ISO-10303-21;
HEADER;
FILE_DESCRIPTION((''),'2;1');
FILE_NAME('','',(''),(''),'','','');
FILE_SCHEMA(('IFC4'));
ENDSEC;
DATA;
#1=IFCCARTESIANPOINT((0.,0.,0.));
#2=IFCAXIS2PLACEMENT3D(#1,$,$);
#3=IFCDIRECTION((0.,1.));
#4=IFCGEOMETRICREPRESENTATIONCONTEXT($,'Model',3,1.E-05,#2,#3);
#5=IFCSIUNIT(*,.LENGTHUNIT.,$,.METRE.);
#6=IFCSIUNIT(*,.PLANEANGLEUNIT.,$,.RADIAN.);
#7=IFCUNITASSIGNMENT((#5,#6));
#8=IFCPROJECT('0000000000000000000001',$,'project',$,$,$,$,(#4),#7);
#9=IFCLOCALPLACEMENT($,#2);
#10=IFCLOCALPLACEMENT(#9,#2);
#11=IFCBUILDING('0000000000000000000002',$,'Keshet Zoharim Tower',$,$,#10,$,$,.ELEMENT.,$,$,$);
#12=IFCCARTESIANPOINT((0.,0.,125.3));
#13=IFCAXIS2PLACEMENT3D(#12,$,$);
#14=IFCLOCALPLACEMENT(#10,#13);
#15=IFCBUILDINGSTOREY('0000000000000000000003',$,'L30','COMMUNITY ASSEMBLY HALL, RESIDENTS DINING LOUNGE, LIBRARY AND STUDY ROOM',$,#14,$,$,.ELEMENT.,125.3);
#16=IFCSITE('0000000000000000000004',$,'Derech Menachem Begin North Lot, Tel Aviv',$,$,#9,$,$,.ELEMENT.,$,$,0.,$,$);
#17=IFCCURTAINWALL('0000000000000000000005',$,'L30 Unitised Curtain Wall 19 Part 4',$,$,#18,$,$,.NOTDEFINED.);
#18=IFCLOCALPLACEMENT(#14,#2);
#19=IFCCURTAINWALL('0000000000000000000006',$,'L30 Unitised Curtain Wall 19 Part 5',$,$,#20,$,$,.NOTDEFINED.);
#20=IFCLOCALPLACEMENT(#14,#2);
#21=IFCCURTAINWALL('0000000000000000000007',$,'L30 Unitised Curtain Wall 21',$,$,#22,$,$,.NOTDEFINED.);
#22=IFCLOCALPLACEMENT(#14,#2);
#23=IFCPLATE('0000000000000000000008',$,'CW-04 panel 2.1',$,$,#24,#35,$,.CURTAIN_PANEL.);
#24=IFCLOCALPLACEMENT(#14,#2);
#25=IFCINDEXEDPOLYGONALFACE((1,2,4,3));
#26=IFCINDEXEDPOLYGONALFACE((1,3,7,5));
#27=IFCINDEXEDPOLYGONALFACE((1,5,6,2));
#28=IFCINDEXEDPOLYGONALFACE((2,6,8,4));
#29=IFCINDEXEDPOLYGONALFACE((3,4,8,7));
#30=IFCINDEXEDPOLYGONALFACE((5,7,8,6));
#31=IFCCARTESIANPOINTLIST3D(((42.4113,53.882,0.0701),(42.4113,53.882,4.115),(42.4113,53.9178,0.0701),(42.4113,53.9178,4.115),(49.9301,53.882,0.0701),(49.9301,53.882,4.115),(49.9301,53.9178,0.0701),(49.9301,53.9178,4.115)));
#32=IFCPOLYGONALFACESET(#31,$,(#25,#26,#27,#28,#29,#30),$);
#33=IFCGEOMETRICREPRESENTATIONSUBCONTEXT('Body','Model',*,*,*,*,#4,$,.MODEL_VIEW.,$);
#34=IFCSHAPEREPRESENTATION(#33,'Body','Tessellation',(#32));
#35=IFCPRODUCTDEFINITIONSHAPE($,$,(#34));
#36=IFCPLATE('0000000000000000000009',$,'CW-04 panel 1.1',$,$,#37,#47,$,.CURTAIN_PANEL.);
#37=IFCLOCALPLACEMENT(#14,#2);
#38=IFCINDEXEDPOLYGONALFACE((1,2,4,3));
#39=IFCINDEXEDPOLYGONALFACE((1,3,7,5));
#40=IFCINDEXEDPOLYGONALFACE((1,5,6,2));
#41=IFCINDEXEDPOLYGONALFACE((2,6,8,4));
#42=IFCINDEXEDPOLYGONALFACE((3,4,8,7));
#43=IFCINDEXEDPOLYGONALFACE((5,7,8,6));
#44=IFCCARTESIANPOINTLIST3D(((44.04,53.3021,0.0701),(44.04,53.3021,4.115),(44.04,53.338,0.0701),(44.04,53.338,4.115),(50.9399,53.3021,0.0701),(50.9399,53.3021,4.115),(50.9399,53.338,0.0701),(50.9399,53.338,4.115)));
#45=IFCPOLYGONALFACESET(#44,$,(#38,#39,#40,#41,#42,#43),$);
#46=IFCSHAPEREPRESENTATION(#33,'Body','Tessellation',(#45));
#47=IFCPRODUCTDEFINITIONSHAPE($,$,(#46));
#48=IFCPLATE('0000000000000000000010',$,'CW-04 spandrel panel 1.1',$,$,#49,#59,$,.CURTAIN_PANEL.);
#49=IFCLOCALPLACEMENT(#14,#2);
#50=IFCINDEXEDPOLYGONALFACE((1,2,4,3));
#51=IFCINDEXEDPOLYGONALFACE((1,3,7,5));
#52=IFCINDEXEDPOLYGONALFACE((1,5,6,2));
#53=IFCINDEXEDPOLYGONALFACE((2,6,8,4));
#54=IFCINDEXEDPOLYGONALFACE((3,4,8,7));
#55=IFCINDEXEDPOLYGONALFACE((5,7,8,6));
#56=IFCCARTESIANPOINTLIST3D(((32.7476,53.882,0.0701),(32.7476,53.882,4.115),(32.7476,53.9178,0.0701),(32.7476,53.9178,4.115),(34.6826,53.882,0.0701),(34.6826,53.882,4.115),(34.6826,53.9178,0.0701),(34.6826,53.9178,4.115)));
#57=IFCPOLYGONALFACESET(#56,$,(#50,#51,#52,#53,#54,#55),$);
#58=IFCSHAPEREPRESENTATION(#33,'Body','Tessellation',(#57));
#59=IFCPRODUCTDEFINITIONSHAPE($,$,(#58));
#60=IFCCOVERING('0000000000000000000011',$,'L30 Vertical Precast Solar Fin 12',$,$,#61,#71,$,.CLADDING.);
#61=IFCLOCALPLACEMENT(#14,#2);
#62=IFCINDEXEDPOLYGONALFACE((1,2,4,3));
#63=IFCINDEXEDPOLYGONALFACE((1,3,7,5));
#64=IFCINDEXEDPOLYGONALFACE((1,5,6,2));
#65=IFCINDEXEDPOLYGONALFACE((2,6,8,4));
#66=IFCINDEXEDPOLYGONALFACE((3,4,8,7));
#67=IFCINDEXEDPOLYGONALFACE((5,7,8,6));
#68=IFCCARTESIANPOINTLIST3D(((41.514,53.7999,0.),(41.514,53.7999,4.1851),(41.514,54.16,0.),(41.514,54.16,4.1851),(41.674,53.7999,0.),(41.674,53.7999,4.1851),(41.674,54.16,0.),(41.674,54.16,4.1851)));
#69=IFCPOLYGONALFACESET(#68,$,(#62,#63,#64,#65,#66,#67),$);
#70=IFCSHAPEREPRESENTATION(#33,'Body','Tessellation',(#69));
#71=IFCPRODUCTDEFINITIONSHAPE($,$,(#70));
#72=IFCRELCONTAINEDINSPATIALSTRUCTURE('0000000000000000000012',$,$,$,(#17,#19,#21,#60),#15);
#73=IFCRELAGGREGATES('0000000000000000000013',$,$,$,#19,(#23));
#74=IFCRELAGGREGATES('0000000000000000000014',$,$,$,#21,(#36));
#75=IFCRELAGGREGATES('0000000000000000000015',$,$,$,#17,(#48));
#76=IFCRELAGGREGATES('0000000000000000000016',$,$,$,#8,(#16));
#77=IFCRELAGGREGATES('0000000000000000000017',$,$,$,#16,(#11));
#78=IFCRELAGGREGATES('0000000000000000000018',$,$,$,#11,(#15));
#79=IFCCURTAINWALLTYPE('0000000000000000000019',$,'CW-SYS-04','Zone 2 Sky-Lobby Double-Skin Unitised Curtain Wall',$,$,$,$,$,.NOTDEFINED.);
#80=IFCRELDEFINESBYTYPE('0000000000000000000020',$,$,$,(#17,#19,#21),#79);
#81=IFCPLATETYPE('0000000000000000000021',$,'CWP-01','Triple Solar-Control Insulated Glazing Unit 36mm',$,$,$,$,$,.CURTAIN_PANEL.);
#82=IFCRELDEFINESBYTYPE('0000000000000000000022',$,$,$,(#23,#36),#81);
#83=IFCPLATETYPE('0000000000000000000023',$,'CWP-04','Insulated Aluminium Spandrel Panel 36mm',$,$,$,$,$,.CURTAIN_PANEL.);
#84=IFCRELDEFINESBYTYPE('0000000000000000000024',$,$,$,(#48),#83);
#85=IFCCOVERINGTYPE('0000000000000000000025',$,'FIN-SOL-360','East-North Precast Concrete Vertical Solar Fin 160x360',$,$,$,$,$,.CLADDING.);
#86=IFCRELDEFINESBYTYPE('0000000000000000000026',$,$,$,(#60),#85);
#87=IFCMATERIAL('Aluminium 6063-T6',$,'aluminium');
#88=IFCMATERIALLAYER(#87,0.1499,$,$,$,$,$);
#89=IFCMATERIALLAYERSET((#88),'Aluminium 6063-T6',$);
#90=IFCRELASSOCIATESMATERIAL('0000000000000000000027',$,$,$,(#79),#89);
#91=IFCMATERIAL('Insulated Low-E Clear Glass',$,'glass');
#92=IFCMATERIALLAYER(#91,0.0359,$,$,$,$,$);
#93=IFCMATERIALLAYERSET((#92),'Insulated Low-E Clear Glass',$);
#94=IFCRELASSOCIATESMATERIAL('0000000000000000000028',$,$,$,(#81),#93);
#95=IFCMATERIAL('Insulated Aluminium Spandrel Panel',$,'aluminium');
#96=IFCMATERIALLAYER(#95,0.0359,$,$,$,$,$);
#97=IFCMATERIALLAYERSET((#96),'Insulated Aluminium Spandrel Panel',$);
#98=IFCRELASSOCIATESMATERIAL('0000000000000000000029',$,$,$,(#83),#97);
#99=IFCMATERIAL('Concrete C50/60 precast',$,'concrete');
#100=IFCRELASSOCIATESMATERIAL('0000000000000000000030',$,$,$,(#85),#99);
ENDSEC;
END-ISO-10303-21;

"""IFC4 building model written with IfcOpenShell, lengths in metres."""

from ifc_helpers import new_model, si_unit, direction, frame, origin, origin_2d, place, context, subcontext, project, spatial, rectangle, extrude, material, layer, layer_set, type_object, element, aggregate, save


model = new_model("IFC4")

# Units and contexts
model_context = context("Model", 3, precision=1e-05, world=origin(), true_north=direction((0.0, 1.0)))
body_context = subcontext(model_context, "Body", "Model", "MODEL_VIEW")
ifc_project = project(units=[si_unit("LENGTHUNIT", "METRE"), si_unit("PLANEANGLEUNIT", "RADIAN")], contexts=[model_context])

# Site, building, storey
site_placement = place(None, origin())
site = spatial("IfcSite", under=ifc_project, at=site_placement, Name="Derech Menachem Begin North Lot, Tel Aviv", CompositionType="ELEMENT", RefElevation=0.0)
building_placement = place(site_placement, origin())
building = spatial("IfcBuilding", under=site, at=building_placement, Name="Keshet Zoharim Tower", CompositionType="ELEMENT")
storey_placement = place(building_placement, frame((0.0, 0.0, 125.3)))
storey = spatial("IfcBuildingStorey", under=building, at=storey_placement, Name="L30", Description="COMMUNITY ASSEMBLY HALL, RESIDENTS DINING LOUNGE, LIBRARY AND STUDY ROOM", CompositionType="ELEMENT", Elevation=125.3)

# Curtain wall
ifc_material_1 = material(Name="Aluminium 6063-T6", Category="aluminium")
ifc_layer_1 = layer(ifc_material_1, 0.1499)
ifc_layer_set_1 = layer_set([ifc_layer_1], Name="Aluminium 6063-T6")
curtain_wall_type = type_object("IfcCurtainWallType", Name="CW-SYS-04", Description="Zone 2 Sky-Lobby Double-Skin Unitised Curtain Wall", PredefinedType="NOTDEFINED", material=ifc_layer_set_1)
curtain_wall_1_placement = place(storey_placement, origin())
curtain_wall_1 = element("IfcCurtainWall", 1, at=curtain_wall_1_placement, inside=storey, type_object=curtain_wall_type, Name="L30 Unitised Curtain Wall 19 Part 4", PredefinedType="NOTDEFINED")

# Curtain wall
curtain_wall_2_placement = place(storey_placement, origin())
curtain_wall_2 = element("IfcCurtainWall", 2, at=curtain_wall_2_placement, inside=storey, type_object=curtain_wall_type, Name="L30 Unitised Curtain Wall 19 Part 5", PredefinedType="NOTDEFINED")

# Curtain wall
curtain_wall_3_placement = place(storey_placement, origin())
curtain_wall_3 = element("IfcCurtainWall", 3, at=curtain_wall_3_placement, inside=storey, type_object=curtain_wall_type, Name="L30 Unitised Curtain Wall 21", PredefinedType="NOTDEFINED")

# Plates
ifc_material_2 = material(Name="Insulated Low-E Clear Glass", Category="glass")
ifc_layer_2 = layer(ifc_material_2, 0.0359)
ifc_layer_set_2 = layer_set([ifc_layer_2], Name="Insulated Low-E Clear Glass")
plate_type_1 = type_object("IfcPlateType", Name="CWP-01", Description="Triple Solar-Control Insulated Glazing Unit 36mm", PredefinedType="CURTAIN_PANEL", material=ifc_layer_set_2)
plate_1_placement = place(storey_placement, frame((46.1707, 53.8999, 0.0701), z_axis=(0.0, 0.0, 1.0), x_axis=(1.0, 0.0, 0.0)))
plate_1 = element("IfcPlate", 4, at=plate_1_placement, type_object=plate_type_1, Name="CW-04 panel 2.1", PredefinedType="CURTAIN_PANEL", context=body_context, shape_type="SweptSolid", body=[
    extrude(rectangle(XDim=7.5188, YDim=0.0359, at=origin_2d()), origin(), (0.0, 0.0, 1.0), 4.0449),
])
aggregate(curtain_wall_2, [plate_1])
plate_2_placement = place(storey_placement, frame((47.49, 53.3201, 0.0701), z_axis=(0.0, 0.0, 1.0), x_axis=(-1.0, 0.0, 0.0)))
plate_2 = element("IfcPlate", 5, at=plate_2_placement, type_object=plate_type_1, Name="CW-04 panel 1.1", PredefinedType="CURTAIN_PANEL", context=body_context, shape_type="SweptSolid", body=[
    extrude(rectangle(XDim=6.8999, YDim=0.0359, at=origin_2d()), origin(), (0.0, 0.0, 1.0), 4.0449),
])
aggregate(curtain_wall_3, [plate_2])
ifc_material_3 = material(Name="Insulated Aluminium Spandrel Panel", Category="aluminium")
ifc_layer_3 = layer(ifc_material_3, 0.0359)
ifc_layer_set_3 = layer_set([ifc_layer_3], Name="Insulated Aluminium Spandrel Panel")
plate_type_2 = type_object("IfcPlateType", Name="CWP-04", Description="Insulated Aluminium Spandrel Panel 36mm", PredefinedType="CURTAIN_PANEL", material=ifc_layer_set_3)
plate_3_placement = place(storey_placement, frame((33.7151, 53.8999, 0.0701), z_axis=(0.0, 0.0, 1.0), x_axis=(1.0, 0.0, 0.0)))
plate_3 = element("IfcPlate", 6, at=plate_3_placement, type_object=plate_type_2, Name="CW-04 spandrel panel 1.1", PredefinedType="CURTAIN_PANEL", context=body_context, shape_type="SweptSolid", body=[
    extrude(rectangle(XDim=1.9351, YDim=0.0359, at=origin_2d()), origin(), (0.0, 0.0, 1.0), 4.0449),
])
aggregate(curtain_wall_1, [plate_3])

# Covering
ifc_material_4 = material(Name="Concrete C50/60 precast", Category="concrete")
covering_type = type_object("IfcCoveringType", Name="FIN-SOL-360", Description="East-North Precast Concrete Vertical Solar Fin 160x360", PredefinedType="CLADDING", material=ifc_material_4)
covering_placement = place(storey_placement, frame((41.594, 53.98, 0.0), z_axis=(0.0, 0.0, 1.0), x_axis=(1.0, 0.0, 0.0)))
element("IfcCovering", 7, at=covering_placement, inside=storey, type_object=covering_type, Name="L30 Vertical Precast Solar Fin 12", PredefinedType="CLADDING", context=body_context, shape_type="SweptSolid", body=[
    extrude(rectangle(XDim=0.1599, YDim=0.3601, at=origin_2d()), origin(), (0.0, 0.0, 1.0), 4.1851),
])

save(model, "model.ifc")
